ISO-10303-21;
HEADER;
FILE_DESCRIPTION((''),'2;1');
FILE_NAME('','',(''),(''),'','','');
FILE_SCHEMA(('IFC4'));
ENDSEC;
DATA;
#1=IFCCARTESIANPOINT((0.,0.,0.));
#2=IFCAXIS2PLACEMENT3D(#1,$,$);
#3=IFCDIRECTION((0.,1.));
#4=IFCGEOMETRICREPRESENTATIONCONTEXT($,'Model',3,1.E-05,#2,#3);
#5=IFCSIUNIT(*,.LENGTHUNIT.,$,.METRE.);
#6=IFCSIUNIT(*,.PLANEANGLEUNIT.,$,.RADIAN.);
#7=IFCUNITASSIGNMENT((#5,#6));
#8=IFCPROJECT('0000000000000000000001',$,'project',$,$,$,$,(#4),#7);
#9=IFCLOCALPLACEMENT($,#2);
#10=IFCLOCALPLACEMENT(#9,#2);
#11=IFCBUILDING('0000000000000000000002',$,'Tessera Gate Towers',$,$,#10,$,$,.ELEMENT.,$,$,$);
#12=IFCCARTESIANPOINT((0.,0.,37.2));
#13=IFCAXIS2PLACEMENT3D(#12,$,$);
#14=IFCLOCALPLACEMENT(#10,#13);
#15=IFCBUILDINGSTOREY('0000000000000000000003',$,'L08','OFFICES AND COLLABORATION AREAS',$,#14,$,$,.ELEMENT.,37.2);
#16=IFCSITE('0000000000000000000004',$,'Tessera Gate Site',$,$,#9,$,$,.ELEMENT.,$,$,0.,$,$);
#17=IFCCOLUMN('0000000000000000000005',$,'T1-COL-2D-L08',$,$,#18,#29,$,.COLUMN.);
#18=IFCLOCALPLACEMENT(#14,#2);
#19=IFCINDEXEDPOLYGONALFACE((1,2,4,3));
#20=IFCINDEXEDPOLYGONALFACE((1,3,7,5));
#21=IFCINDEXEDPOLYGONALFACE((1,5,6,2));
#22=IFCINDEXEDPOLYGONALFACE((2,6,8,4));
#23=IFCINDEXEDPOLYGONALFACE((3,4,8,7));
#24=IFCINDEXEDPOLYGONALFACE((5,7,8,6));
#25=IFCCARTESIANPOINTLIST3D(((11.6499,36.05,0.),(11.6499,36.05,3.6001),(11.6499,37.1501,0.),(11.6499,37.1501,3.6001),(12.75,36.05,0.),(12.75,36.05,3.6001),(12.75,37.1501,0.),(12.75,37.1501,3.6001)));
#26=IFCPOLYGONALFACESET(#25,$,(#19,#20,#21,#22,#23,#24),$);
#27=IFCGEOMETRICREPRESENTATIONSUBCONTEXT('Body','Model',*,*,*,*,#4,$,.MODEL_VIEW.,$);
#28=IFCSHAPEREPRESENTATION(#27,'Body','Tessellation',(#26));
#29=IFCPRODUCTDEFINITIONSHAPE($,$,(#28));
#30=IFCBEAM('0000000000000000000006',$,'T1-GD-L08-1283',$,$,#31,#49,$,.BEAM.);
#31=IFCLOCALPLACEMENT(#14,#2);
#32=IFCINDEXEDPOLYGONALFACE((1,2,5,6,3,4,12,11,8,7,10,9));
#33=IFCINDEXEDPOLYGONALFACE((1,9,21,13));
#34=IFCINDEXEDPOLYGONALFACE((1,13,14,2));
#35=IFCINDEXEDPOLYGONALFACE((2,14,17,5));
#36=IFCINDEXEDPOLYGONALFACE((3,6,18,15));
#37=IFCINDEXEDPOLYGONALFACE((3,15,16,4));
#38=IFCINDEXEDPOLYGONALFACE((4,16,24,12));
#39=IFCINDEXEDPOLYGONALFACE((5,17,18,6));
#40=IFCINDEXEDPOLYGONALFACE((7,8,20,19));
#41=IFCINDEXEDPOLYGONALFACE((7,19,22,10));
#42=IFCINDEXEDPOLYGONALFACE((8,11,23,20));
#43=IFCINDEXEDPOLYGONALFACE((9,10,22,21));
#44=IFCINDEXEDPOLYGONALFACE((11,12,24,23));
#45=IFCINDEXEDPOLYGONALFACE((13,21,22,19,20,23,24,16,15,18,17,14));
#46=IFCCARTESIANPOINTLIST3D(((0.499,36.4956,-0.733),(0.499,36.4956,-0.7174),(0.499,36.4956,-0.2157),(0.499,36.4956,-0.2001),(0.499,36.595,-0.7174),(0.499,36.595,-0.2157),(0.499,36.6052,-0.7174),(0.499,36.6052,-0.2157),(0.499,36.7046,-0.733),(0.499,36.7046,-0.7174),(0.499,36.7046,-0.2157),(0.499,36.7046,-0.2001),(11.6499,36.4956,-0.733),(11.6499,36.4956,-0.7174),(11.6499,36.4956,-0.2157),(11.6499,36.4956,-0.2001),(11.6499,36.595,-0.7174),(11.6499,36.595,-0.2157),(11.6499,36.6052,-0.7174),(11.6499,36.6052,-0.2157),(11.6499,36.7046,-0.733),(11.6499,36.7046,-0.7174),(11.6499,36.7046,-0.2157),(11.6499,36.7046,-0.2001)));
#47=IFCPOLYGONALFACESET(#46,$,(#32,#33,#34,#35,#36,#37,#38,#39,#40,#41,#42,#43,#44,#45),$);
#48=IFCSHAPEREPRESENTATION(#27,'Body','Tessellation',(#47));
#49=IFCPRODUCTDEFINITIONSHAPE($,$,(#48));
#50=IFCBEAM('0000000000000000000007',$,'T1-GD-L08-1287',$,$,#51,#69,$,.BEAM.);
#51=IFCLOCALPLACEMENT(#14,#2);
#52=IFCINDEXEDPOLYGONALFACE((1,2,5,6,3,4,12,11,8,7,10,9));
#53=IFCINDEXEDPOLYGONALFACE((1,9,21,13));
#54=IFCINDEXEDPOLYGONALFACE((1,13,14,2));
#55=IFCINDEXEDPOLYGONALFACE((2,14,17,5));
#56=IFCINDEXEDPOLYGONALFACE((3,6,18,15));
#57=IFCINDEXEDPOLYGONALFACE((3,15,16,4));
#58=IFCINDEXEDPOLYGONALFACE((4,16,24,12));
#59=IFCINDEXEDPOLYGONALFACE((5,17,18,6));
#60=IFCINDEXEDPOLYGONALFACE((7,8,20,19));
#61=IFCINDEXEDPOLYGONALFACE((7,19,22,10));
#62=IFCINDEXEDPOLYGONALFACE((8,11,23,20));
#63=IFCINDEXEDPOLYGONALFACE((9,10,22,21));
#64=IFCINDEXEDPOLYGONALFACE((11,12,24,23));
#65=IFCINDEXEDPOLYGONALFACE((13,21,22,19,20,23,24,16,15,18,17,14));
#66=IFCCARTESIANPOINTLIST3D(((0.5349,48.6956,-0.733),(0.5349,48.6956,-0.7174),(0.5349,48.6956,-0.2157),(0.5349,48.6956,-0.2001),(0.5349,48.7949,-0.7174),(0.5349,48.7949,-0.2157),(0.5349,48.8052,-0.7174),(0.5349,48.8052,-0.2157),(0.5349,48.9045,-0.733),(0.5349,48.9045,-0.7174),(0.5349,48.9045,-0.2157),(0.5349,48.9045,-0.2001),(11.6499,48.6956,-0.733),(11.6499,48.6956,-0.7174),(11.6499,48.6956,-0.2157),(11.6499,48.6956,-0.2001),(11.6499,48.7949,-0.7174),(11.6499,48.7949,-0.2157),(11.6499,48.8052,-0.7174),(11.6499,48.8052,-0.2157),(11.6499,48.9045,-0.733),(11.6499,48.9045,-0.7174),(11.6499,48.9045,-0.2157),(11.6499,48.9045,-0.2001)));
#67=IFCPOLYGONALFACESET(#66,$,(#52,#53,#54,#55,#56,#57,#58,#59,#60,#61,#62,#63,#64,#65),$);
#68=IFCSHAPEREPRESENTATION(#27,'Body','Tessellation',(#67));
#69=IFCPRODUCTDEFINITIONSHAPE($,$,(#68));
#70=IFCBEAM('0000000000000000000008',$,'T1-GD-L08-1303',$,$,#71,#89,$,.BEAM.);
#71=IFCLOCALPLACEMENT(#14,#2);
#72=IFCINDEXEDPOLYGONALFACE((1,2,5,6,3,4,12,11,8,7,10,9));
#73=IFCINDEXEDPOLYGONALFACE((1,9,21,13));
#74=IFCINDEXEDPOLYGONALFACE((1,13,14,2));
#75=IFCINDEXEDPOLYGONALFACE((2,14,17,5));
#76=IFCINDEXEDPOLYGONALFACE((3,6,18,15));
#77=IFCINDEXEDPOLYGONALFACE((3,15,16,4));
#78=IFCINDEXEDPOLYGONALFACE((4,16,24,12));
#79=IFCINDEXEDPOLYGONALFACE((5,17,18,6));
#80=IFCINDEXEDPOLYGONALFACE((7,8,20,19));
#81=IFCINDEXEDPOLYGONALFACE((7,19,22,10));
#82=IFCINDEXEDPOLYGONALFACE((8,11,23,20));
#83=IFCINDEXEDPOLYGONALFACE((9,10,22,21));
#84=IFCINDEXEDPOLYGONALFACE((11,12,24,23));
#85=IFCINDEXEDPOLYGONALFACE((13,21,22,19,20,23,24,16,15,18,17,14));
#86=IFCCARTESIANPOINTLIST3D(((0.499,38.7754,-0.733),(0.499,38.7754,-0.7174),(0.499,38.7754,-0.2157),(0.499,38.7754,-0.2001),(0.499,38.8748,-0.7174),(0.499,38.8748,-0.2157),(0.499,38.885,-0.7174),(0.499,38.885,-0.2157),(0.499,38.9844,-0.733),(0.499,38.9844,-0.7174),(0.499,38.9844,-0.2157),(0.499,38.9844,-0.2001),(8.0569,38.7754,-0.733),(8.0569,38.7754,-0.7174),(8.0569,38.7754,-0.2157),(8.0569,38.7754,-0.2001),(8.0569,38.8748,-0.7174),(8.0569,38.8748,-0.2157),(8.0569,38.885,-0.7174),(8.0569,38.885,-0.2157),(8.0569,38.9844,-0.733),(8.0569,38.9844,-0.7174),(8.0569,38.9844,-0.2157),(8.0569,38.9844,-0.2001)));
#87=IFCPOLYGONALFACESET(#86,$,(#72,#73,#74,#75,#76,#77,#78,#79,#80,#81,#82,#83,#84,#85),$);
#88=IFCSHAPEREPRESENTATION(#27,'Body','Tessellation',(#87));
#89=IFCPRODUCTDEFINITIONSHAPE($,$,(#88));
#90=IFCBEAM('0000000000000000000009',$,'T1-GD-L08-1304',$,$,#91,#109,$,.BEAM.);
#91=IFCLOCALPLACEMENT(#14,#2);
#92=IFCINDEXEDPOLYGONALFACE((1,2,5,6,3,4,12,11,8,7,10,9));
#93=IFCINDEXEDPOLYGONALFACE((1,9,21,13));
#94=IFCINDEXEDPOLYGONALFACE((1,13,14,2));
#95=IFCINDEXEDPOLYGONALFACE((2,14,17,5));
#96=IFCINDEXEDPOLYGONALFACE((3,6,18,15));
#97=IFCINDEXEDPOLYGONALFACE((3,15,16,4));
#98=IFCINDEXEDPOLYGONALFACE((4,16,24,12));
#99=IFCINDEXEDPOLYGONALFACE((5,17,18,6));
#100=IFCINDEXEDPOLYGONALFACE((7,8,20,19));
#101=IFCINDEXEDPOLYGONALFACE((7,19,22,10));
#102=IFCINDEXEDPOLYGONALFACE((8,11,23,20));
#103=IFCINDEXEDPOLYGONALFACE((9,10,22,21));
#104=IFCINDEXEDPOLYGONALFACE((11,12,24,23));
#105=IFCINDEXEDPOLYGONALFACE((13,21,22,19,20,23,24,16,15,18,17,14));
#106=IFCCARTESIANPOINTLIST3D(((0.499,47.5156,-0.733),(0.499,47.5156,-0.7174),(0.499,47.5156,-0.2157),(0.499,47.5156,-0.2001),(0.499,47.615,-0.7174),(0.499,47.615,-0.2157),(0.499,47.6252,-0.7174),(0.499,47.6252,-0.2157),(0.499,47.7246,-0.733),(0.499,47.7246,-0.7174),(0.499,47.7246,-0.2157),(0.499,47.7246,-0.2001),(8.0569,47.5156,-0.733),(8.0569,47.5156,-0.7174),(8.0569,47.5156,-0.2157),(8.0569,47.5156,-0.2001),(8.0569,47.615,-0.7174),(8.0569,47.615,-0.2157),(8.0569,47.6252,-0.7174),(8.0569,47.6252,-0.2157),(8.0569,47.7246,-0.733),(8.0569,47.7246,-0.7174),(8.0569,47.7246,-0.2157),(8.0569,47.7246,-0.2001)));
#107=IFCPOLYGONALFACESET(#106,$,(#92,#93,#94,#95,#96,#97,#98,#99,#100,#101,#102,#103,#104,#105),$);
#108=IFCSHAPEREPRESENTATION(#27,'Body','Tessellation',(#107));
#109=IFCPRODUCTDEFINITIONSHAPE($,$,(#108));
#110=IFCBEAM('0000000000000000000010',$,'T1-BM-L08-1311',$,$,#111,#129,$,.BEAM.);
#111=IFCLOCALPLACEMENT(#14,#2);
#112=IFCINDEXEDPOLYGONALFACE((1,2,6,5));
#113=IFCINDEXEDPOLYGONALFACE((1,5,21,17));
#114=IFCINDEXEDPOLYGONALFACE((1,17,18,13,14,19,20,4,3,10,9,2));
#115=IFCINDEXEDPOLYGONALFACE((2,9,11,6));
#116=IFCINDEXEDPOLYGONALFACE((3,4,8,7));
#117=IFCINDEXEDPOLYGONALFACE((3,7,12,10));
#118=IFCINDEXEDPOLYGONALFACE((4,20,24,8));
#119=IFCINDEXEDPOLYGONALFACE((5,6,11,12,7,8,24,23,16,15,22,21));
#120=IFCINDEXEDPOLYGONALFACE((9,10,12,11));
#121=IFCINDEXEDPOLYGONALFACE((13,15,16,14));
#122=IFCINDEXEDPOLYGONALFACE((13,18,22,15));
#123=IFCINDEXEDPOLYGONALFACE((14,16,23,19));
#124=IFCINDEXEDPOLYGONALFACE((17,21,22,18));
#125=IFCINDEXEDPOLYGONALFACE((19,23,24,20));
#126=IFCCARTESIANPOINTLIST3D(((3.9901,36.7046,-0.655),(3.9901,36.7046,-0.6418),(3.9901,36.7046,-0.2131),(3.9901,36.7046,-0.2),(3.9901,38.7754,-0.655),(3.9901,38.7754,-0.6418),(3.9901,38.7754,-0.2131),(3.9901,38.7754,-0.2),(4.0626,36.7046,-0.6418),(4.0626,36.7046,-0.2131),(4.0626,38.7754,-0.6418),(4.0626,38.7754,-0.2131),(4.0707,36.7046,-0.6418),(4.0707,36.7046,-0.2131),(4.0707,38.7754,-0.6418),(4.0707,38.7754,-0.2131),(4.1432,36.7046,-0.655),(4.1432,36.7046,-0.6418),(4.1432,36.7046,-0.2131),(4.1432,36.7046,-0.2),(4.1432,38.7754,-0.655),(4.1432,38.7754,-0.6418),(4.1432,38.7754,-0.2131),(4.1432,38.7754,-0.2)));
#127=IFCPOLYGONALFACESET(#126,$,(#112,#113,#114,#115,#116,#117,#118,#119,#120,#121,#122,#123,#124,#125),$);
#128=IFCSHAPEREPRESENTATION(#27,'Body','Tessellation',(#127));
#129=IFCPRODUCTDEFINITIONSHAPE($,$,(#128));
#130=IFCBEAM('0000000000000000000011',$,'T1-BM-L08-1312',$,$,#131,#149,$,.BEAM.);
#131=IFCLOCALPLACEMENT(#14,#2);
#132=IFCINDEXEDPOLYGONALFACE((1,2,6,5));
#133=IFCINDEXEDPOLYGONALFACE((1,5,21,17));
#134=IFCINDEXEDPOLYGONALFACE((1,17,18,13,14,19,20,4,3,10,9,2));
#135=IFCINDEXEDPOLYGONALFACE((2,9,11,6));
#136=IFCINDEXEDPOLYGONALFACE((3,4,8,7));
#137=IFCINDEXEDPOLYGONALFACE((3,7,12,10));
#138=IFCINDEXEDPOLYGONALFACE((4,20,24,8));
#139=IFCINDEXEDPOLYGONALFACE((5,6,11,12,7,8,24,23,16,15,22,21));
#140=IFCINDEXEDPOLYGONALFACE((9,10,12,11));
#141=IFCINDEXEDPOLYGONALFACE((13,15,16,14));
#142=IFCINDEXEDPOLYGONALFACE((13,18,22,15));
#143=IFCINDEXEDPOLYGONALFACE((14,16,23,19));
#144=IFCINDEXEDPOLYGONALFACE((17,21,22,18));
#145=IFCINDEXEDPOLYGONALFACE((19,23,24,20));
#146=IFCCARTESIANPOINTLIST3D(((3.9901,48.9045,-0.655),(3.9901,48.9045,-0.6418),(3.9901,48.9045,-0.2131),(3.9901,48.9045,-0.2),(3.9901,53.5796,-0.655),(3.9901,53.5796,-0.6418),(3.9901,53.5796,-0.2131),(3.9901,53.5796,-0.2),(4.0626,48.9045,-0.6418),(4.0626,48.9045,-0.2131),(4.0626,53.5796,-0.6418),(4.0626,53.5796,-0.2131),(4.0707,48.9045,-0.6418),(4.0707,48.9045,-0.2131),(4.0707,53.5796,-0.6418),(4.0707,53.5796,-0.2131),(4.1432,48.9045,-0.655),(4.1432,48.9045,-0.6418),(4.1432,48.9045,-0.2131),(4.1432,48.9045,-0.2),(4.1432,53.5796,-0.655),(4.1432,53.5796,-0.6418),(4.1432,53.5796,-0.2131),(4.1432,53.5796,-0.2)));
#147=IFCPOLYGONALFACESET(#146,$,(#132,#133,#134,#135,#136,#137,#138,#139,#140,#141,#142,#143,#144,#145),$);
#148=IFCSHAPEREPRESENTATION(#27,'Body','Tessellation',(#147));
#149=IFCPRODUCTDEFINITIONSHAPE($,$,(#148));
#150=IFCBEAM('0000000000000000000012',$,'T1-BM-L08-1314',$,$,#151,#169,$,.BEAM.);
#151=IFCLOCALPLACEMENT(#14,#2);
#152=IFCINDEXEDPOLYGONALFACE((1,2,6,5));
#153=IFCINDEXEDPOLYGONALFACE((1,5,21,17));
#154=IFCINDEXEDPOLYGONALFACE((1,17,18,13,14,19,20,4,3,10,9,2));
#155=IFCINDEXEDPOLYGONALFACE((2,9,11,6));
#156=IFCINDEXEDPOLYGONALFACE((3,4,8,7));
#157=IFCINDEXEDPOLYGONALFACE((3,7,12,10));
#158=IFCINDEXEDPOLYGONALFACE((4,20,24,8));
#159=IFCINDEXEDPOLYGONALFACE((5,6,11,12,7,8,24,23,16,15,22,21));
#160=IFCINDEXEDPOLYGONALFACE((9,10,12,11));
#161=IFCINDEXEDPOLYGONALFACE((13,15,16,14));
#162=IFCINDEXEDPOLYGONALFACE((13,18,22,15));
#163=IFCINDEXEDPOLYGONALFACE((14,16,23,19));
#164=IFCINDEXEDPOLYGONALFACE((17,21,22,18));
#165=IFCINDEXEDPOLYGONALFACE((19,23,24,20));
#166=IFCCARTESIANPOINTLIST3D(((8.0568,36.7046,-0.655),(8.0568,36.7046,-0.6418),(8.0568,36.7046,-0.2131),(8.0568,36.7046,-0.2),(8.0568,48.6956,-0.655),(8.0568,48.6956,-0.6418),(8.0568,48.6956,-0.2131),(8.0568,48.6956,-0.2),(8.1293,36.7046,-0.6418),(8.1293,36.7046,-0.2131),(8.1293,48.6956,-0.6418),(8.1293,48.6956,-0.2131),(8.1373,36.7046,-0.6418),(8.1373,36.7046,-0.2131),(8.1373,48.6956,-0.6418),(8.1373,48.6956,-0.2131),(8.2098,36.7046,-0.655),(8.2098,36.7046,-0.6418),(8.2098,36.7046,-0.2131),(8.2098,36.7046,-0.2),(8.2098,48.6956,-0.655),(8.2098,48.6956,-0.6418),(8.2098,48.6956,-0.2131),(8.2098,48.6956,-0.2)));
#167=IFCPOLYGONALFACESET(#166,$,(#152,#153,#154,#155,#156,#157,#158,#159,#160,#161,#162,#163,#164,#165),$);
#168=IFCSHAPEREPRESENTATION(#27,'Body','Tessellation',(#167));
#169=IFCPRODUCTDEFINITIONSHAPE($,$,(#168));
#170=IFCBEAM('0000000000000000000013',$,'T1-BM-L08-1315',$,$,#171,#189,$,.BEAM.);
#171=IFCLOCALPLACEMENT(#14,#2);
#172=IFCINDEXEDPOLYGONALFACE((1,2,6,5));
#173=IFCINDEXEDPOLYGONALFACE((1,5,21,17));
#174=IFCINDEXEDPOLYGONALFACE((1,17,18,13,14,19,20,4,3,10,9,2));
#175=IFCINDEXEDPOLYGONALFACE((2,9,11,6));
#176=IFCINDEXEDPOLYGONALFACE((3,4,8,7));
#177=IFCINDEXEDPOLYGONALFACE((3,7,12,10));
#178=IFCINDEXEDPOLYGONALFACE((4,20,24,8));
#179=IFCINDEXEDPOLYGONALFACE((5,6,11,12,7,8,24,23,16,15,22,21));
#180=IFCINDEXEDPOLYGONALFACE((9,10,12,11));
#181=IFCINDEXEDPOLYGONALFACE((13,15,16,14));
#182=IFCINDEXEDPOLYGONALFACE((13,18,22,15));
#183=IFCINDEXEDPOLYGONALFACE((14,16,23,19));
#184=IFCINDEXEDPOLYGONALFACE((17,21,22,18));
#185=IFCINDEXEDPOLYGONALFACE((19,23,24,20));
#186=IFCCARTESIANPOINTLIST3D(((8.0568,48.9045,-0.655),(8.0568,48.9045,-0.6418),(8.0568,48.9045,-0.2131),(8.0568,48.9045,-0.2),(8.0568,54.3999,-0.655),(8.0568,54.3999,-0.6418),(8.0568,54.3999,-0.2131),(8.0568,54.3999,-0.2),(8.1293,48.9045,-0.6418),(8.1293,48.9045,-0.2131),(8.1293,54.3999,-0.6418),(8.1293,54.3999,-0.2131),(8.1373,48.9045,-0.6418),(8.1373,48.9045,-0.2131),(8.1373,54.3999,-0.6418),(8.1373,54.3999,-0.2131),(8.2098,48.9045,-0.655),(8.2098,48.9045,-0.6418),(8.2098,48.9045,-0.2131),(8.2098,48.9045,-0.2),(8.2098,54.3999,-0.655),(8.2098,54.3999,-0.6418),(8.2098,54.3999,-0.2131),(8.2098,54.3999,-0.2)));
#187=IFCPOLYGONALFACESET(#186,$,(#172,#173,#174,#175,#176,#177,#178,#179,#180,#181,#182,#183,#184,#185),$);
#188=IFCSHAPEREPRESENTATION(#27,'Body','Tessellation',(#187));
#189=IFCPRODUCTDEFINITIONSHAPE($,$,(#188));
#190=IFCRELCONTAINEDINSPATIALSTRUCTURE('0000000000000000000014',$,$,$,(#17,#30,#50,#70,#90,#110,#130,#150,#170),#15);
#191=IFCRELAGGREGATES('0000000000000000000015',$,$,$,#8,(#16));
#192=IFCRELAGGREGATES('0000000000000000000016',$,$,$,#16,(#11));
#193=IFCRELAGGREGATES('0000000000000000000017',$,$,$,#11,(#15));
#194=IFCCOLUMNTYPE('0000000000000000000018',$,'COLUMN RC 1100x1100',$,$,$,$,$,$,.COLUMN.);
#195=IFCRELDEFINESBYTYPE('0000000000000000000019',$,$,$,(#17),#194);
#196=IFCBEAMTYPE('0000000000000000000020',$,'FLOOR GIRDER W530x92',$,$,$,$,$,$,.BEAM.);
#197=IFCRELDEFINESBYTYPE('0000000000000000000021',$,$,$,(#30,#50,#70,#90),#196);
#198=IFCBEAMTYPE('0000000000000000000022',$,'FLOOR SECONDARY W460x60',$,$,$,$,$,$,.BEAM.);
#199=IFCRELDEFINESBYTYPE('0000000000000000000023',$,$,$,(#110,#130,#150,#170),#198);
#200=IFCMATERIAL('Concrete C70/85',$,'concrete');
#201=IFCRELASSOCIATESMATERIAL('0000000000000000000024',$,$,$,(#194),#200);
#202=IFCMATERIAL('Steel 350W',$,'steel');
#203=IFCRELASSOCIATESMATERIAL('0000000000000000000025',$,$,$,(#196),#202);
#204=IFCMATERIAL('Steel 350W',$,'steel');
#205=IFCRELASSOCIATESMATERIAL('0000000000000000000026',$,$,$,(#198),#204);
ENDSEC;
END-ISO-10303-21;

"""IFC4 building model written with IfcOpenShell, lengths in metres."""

from ifc_helpers import new_model, si_unit, direction, frame, origin, origin_2d, place, context, subcontext, project, spatial, rectangle, i_section, extrude, material, material_profile, profile_set, type_object, element, save


model = new_model("IFC4")

# Units and contexts
model_context = context("Model", 3, precision=1e-05, world=origin(), true_north=direction((0.0, 1.0)))
body_context = subcontext(model_context, "Body", "Model", "MODEL_VIEW")
ifc_project = project(units=[si_unit("LENGTHUNIT", "METRE"), si_unit("PLANEANGLEUNIT", "RADIAN")], contexts=[model_context])

# Site, building, storey
site_placement = place(None, origin())
site = spatial("IfcSite", under=ifc_project, at=site_placement, Name="Tessera Gate Site", CompositionType="ELEMENT", RefElevation=0.0)
building_placement = place(site_placement, origin())
building = spatial("IfcBuilding", under=site, at=building_placement, Name="Tessera Gate Towers", CompositionType="ELEMENT")
storey_placement = place(building_placement, frame((0.0, 0.0, 37.2)))
storey = spatial("IfcBuildingStorey", under=building, at=storey_placement, Name="L08", Description="OFFICES AND COLLABORATION AREAS", CompositionType="ELEMENT", Elevation=37.2)

# Column
ifc_material_1 = material(Name="Concrete C70/85", Category="concrete")
ifc_material_profile_1 = material_profile(ifc_material_1, rectangle(XDim=1.1001, YDim=1.1001, at=origin_2d()), Name="RC 1100x1100")
ifc_profile_set_1 = profile_set([ifc_material_profile_1], Name="Concrete C70/85")
column_type = type_object("IfcColumnType", Name="COLUMN RC 1100x1100", PredefinedType="COLUMN", material=ifc_profile_set_1)
column_placement = place(storey_placement, frame((12.2, 36.6001, 0.0), z_axis=(0.0, 0.0, 1.0), x_axis=(1.0, 0.0, 0.0)))
element("IfcColumn", 1, at=column_placement, inside=storey, type_object=column_type, Name="T1-COL-2D-L08", PredefinedType="COLUMN", context=body_context, shape_type="SweptSolid", body=[
    extrude(rectangle(XDim=1.1001, YDim=1.1001, at=origin_2d()), origin(), (0.0, 0.0, 1.0), 3.6001),
])

# Beams
ifc_material_2 = material(Name="Steel 350W", Category="steel")
ifc_material_profile_2 = material_profile(ifc_material_2, i_section(OverallWidth=0.209, OverallDepth=0.533, WebThickness=0.0103, FlangeThickness=0.0156, at=origin_2d()), Name="W530x92")
ifc_profile_set_2 = profile_set([ifc_material_profile_2], Name="Steel 350W")
beam_type_1 = type_object("IfcBeamType", Name="FLOOR GIRDER W530x92", PredefinedType="BEAM", material=ifc_profile_set_2)
beam_1_placement = place(storey_placement, frame((0.499, 36.6001, -0.4666), z_axis=(1.0, 0.0, 0.0), x_axis=(0.0, 1.0, 0.0)))
element("IfcBeam", 2, at=beam_1_placement, inside=storey, type_object=beam_type_1, Name="T1-GD-L08-1283", PredefinedType="BEAM", context=body_context, shape_type="SweptSolid", body=[
    extrude(i_section(OverallWidth=0.209, OverallDepth=0.533, WebThickness=0.0103, FlangeThickness=0.0156, at=origin_2d()), origin(), (0.0, 0.0, 1.0), 11.1509),
])
beam_2_placement = place(storey_placement, frame((0.5349, 48.8, -0.4666), z_axis=(1.0, 0.0, 0.0), x_axis=(0.0, 1.0, 0.0)))
element("IfcBeam", 3, at=beam_2_placement, inside=storey, type_object=beam_type_1, Name="T1-GD-L08-1287", PredefinedType="BEAM", context=body_context, shape_type="SweptSolid", body=[
    extrude(i_section(OverallWidth=0.209, OverallDepth=0.533, WebThickness=0.0103, FlangeThickness=0.0156, at=origin_2d()), origin(), (0.0, 0.0, 1.0), 11.115),
])
for number, where, z_axis, x_axis, name in (
    (4, (0.499, 38.8799, -0.4666), (1.0, 0.0, 0.0), (0.0, 1.0, 0.0), "T1-GD-L08-1303"),
    (5, (0.499, 47.6201, -0.4666), (1.0, 0.0, 0.0), (0.0, 1.0, 0.0), "T1-GD-L08-1304"),
):
    element("IfcBeam", number, at=place(storey_placement, frame(where, z_axis=z_axis, x_axis=x_axis)), inside=storey, type_object=beam_type_1, Name=name, PredefinedType="BEAM", context=body_context, shape_type="SweptSolid", body=[
        extrude(i_section(OverallWidth=0.209, OverallDepth=0.533, WebThickness=0.0103, FlangeThickness=0.0156, at=origin_2d()), origin(), (0.0, 0.0, 1.0), 7.5579),
    ])
ifc_material_3 = material(Name="Steel 350W", Category="steel")
ifc_material_profile_3 = material_profile(ifc_material_3, i_section(OverallWidth=0.1531, OverallDepth=0.4551, WebThickness=0.0081, FlangeThickness=0.0132, at=origin_2d()), Name="W460x60")
ifc_profile_set_3 = profile_set([ifc_material_profile_3], Name="Steel 350W")
beam_type_2 = type_object("IfcBeamType", Name="FLOOR SECONDARY W460x60", PredefinedType="BEAM", material=ifc_profile_set_3)
beam_3_placement = place(storey_placement, frame((4.0667, 36.7046, -0.4275), z_axis=(0.0, 1.0, 0.0), x_axis=(-1.0, 0.0, 0.0)))
element("IfcBeam", 6, at=beam_3_placement, inside=storey, type_object=beam_type_2, Name="T1-BM-L08-1311", PredefinedType="BEAM", context=body_context, shape_type="SweptSolid", body=[
    extrude(i_section(OverallWidth=0.1531, OverallDepth=0.4551, WebThickness=0.0081, FlangeThickness=0.0132, at=origin_2d()), origin(), (0.0, 0.0, 1.0), 2.0708),
])
beam_4_placement = place(storey_placement, frame((4.0667, 48.9045, -0.4275), z_axis=(0.0, 1.0, 0.0), x_axis=(-1.0, 0.0, 0.0)))
element("IfcBeam", 7, at=beam_4_placement, inside=storey, type_object=beam_type_2, Name="T1-BM-L08-1312", PredefinedType="BEAM", context=body_context, shape_type="SweptSolid", body=[
    extrude(i_section(OverallWidth=0.1531, OverallDepth=0.4551, WebThickness=0.0081, FlangeThickness=0.0132, at=origin_2d()), origin(), (0.0, 0.0, 1.0), 4.675),
])
beam_5_placement = place(storey_placement, frame((8.1333, 36.7046, -0.4275), z_axis=(0.0, 1.0, 0.0), x_axis=(-1.0, 0.0, 0.0)))
element("IfcBeam", 8, at=beam_5_placement, inside=storey, type_object=beam_type_2, Name="T1-BM-L08-1314", PredefinedType="BEAM", context=body_context, shape_type="SweptSolid", body=[
    extrude(i_section(OverallWidth=0.1531, OverallDepth=0.4551, WebThickness=0.0081, FlangeThickness=0.0132, at=origin_2d()), origin(), (0.0, 0.0, 1.0), 11.991),
])
beam_6_placement = place(storey_placement, frame((8.1333, 48.9045, -0.4275), z_axis=(0.0, 1.0, 0.0), x_axis=(-1.0, 0.0, 0.0)))
element("IfcBeam", 9, at=beam_6_placement, inside=storey, type_object=beam_type_2, Name="T1-BM-L08-1315", PredefinedType="BEAM", context=body_context, shape_type="SweptSolid", body=[
    extrude(i_section(OverallWidth=0.1531, OverallDepth=0.4551, WebThickness=0.0081, FlangeThickness=0.0132, at=origin_2d()), origin(), (0.0, 0.0, 1.0), 5.4954),
])

save(model, "model.ifc")
